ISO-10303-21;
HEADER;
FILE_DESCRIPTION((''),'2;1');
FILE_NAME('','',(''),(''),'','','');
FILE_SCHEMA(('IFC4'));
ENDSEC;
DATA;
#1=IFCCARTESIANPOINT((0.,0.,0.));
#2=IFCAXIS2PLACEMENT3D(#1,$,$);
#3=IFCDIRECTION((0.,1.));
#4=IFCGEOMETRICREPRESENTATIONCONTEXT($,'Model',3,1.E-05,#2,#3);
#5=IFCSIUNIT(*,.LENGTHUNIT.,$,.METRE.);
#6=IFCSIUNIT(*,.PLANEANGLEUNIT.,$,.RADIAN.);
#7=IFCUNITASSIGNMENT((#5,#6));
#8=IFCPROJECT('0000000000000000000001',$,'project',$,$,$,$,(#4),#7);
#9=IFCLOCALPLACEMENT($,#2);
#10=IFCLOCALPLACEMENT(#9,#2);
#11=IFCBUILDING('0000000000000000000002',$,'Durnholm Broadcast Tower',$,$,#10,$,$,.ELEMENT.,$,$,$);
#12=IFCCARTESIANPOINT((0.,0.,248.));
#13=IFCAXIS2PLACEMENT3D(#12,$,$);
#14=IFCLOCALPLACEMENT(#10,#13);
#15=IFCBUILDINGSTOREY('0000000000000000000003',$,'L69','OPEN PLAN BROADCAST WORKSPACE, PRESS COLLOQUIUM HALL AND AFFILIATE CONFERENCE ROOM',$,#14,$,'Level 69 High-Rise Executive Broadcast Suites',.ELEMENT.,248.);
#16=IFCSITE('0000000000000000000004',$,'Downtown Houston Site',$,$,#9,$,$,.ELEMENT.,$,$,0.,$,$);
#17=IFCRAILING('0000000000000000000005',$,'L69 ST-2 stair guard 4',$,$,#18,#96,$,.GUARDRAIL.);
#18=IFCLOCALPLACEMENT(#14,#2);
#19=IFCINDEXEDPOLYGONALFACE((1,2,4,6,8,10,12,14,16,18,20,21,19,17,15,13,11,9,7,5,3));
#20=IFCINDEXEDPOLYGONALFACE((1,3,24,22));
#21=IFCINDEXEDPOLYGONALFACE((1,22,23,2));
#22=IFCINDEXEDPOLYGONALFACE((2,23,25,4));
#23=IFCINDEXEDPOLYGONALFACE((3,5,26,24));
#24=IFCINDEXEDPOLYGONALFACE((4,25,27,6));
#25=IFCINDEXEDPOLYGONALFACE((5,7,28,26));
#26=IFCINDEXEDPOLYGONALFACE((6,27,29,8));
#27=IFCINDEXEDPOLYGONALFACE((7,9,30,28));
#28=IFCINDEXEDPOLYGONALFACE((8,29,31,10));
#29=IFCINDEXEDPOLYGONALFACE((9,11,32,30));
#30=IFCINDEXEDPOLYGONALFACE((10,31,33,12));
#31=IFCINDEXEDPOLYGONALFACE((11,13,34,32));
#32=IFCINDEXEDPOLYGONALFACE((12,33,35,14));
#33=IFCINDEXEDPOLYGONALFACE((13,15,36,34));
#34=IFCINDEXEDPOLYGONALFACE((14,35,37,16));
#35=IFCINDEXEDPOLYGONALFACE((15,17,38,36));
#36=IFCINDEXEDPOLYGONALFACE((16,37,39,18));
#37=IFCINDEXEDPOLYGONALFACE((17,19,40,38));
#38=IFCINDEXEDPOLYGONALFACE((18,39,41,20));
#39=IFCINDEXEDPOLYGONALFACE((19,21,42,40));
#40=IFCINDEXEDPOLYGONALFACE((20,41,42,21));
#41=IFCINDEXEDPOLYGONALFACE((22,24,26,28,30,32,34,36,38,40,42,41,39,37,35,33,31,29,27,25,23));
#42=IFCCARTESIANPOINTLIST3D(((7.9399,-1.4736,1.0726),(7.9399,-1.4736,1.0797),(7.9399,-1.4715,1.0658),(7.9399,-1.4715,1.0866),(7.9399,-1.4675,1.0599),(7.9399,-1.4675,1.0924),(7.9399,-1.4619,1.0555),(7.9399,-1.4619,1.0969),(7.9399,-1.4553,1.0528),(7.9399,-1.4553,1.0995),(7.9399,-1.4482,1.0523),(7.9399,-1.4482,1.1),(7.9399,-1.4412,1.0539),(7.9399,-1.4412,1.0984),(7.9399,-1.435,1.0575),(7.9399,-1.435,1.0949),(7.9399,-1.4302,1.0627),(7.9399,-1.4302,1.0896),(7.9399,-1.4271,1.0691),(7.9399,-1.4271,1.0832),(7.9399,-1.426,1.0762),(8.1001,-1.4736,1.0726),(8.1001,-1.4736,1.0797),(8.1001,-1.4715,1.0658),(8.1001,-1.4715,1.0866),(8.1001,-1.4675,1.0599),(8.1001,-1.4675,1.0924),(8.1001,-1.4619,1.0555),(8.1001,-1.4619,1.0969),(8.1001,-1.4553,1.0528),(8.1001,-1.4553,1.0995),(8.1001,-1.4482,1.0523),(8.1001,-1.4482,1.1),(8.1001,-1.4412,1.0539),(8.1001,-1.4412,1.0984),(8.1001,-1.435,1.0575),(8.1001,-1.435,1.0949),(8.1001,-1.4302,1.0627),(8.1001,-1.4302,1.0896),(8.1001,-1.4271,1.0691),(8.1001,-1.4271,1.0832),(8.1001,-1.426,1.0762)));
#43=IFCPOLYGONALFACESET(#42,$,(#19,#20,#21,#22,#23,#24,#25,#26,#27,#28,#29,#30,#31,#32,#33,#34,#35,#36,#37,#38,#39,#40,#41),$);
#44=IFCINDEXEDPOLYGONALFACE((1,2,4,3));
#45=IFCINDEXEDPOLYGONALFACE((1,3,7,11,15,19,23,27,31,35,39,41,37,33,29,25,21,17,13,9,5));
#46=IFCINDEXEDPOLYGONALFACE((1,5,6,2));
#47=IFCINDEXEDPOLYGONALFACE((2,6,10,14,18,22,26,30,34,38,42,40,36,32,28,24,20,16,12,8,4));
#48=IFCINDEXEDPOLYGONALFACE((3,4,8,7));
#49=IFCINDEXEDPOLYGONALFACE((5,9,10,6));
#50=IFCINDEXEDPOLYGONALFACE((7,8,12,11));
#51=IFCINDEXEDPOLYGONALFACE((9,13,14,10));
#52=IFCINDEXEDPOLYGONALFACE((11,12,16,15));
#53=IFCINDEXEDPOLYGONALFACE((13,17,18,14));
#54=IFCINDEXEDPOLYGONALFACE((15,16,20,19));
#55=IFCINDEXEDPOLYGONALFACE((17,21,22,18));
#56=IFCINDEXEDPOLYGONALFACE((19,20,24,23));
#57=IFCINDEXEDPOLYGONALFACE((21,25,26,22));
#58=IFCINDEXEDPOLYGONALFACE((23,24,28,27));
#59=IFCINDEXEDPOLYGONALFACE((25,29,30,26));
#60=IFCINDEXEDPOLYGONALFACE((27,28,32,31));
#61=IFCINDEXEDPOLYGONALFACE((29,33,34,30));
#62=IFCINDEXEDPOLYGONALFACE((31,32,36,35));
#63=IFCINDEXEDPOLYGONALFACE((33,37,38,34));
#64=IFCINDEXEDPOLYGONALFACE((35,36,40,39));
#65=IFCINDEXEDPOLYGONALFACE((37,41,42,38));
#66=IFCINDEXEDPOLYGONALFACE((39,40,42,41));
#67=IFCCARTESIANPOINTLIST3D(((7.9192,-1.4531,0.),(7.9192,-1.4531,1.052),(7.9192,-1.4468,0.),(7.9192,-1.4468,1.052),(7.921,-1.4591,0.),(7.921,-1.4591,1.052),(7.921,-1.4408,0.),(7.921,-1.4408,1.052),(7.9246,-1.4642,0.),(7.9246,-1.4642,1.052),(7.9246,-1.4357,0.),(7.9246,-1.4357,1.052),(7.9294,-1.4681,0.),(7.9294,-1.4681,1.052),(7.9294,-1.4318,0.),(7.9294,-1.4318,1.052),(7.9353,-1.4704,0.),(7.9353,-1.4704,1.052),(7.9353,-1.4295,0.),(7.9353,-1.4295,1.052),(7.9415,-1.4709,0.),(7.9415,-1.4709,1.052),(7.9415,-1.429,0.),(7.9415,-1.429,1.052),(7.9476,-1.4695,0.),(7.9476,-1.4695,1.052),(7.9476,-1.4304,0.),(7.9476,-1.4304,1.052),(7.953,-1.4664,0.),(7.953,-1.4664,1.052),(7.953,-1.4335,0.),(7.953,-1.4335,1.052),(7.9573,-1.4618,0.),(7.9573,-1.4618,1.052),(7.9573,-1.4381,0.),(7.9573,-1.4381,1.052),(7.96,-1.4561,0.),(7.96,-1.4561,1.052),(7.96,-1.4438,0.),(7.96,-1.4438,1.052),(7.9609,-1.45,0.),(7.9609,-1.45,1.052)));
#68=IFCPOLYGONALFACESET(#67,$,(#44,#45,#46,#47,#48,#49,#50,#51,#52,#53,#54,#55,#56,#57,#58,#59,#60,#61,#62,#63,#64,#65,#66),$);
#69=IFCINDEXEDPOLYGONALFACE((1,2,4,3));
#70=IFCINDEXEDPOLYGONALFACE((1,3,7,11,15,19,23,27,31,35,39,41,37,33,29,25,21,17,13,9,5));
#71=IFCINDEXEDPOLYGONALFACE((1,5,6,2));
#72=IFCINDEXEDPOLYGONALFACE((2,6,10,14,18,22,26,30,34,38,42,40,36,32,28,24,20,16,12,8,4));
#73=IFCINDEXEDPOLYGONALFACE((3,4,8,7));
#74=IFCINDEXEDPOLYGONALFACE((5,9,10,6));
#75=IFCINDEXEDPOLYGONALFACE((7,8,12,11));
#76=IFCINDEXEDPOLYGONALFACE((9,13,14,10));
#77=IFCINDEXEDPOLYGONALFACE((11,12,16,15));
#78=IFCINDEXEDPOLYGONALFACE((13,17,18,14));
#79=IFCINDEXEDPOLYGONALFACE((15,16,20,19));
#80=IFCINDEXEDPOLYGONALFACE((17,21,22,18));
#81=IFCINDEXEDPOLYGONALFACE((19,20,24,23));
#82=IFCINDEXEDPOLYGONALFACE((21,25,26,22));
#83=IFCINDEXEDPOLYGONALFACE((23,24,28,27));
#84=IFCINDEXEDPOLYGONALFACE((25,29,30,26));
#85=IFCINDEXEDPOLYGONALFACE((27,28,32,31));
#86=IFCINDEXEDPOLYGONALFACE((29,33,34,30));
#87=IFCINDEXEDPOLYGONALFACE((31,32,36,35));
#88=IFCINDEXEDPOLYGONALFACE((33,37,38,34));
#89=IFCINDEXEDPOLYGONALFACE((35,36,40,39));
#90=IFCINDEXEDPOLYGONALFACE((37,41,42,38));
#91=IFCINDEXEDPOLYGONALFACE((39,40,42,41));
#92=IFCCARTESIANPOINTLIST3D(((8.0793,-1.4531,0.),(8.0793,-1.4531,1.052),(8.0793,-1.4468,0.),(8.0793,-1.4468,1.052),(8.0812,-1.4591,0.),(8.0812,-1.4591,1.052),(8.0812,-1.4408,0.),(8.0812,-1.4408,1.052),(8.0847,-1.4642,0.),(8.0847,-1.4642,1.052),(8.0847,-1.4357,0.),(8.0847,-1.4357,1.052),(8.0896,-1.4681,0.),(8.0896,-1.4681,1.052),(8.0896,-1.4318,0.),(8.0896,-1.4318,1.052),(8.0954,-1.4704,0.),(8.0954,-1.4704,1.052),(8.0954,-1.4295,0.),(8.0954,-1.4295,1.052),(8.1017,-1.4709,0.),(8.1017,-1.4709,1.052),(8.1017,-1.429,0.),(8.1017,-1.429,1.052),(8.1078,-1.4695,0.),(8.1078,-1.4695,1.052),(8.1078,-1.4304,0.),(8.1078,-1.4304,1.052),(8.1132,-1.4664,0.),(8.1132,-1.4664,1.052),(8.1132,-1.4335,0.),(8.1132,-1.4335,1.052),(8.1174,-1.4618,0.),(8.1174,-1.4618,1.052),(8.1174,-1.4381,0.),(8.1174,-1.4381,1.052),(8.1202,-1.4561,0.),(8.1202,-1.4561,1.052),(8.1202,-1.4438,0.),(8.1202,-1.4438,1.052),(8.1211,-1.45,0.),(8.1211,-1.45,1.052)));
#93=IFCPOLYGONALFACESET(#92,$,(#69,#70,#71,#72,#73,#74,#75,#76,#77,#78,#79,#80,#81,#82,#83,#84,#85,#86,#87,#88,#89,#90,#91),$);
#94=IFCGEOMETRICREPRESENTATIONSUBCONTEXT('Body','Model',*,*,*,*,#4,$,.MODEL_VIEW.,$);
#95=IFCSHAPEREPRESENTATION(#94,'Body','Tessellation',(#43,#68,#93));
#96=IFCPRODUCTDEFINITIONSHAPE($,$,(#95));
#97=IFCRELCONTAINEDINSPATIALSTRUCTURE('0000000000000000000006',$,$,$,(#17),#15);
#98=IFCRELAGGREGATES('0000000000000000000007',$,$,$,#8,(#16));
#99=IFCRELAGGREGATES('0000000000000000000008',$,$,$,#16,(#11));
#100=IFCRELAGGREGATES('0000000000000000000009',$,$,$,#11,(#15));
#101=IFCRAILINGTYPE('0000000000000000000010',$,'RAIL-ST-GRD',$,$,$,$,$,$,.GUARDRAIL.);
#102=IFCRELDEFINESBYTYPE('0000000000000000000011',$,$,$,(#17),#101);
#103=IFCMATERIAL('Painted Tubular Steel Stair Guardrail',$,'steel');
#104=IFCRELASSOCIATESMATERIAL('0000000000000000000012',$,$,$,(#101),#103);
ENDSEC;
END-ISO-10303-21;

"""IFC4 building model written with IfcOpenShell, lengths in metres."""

from ifc_helpers import new_model, si_unit, direction, frame, origin, origin_2d, place, context, subcontext, project, spatial, circle, extrude, material, type_object, element, save


model = new_model("IFC4")

# Units and contexts
model_context = context("Model", 3, precision=1e-05, world=origin(), true_north=direction((0.0, 1.0)))
body_context = subcontext(model_context, "Body", "Model", "MODEL_VIEW")
ifc_project = project(units=[si_unit("LENGTHUNIT", "METRE"), si_unit("PLANEANGLEUNIT", "RADIAN")], contexts=[model_context])

# Site, building, storey
site_placement = place(None, origin())
site = spatial("IfcSite", under=ifc_project, at=site_placement, Name="Downtown Houston Site", CompositionType="ELEMENT", RefElevation=0.0)
building_placement = place(site_placement, origin())
building = spatial("IfcBuilding", under=site, at=building_placement, Name="Durnholm Broadcast Tower", CompositionType="ELEMENT")
storey_placement = place(building_placement, frame((0.0, 0.0, 248.0)))
storey = spatial("IfcBuildingStorey", under=building, at=storey_placement, Name="L69", Description="OPEN PLAN BROADCAST WORKSPACE, PRESS COLLOQUIUM HALL AND AFFILIATE CONFERENCE ROOM", LongName="Level 69 High-Rise Executive Broadcast Suites", CompositionType="ELEMENT", Elevation=248.0)

# Railing
ifc_material_1 = material(Name="Painted Tubular Steel Stair Guardrail", Category="steel")
railing_type_1 = type_object("IfcRailingType", Name="RAIL-ST-GRD", PredefinedType="GUARDRAIL", material=ifc_material_1)
railing_1_placement = place(storey_placement, frame((7.9399, -1.45, 0.0)))
element("IfcRailing", 1, at=railing_1_placement, inside=storey, type_object=railing_type_1, Name="L69 ST-2 stair guard 4", PredefinedType="GUARDRAIL", context=body_context, shape_type="SweptSolid", body=[
    extrude(circle(Radius=0.0239, at=origin_2d()), frame((0.0, 0.0, 1.0762), z_axis=(1.0, 0.0, 0.0), x_axis=(0.0, 1.0, 0.0)), (0.0, 0.0, 1.0), 0.1602),
    extrude(circle(Radius=0.021, at=origin_2d()), origin(), (0.0, 0.0, 1.0), 1.052),
    extrude(circle(Radius=0.021, at=origin_2d()), frame((0.1602, 0.0, 0.0)), (0.0, 0.0, 1.0), 1.052),
])

save(model, "model.ifc")
